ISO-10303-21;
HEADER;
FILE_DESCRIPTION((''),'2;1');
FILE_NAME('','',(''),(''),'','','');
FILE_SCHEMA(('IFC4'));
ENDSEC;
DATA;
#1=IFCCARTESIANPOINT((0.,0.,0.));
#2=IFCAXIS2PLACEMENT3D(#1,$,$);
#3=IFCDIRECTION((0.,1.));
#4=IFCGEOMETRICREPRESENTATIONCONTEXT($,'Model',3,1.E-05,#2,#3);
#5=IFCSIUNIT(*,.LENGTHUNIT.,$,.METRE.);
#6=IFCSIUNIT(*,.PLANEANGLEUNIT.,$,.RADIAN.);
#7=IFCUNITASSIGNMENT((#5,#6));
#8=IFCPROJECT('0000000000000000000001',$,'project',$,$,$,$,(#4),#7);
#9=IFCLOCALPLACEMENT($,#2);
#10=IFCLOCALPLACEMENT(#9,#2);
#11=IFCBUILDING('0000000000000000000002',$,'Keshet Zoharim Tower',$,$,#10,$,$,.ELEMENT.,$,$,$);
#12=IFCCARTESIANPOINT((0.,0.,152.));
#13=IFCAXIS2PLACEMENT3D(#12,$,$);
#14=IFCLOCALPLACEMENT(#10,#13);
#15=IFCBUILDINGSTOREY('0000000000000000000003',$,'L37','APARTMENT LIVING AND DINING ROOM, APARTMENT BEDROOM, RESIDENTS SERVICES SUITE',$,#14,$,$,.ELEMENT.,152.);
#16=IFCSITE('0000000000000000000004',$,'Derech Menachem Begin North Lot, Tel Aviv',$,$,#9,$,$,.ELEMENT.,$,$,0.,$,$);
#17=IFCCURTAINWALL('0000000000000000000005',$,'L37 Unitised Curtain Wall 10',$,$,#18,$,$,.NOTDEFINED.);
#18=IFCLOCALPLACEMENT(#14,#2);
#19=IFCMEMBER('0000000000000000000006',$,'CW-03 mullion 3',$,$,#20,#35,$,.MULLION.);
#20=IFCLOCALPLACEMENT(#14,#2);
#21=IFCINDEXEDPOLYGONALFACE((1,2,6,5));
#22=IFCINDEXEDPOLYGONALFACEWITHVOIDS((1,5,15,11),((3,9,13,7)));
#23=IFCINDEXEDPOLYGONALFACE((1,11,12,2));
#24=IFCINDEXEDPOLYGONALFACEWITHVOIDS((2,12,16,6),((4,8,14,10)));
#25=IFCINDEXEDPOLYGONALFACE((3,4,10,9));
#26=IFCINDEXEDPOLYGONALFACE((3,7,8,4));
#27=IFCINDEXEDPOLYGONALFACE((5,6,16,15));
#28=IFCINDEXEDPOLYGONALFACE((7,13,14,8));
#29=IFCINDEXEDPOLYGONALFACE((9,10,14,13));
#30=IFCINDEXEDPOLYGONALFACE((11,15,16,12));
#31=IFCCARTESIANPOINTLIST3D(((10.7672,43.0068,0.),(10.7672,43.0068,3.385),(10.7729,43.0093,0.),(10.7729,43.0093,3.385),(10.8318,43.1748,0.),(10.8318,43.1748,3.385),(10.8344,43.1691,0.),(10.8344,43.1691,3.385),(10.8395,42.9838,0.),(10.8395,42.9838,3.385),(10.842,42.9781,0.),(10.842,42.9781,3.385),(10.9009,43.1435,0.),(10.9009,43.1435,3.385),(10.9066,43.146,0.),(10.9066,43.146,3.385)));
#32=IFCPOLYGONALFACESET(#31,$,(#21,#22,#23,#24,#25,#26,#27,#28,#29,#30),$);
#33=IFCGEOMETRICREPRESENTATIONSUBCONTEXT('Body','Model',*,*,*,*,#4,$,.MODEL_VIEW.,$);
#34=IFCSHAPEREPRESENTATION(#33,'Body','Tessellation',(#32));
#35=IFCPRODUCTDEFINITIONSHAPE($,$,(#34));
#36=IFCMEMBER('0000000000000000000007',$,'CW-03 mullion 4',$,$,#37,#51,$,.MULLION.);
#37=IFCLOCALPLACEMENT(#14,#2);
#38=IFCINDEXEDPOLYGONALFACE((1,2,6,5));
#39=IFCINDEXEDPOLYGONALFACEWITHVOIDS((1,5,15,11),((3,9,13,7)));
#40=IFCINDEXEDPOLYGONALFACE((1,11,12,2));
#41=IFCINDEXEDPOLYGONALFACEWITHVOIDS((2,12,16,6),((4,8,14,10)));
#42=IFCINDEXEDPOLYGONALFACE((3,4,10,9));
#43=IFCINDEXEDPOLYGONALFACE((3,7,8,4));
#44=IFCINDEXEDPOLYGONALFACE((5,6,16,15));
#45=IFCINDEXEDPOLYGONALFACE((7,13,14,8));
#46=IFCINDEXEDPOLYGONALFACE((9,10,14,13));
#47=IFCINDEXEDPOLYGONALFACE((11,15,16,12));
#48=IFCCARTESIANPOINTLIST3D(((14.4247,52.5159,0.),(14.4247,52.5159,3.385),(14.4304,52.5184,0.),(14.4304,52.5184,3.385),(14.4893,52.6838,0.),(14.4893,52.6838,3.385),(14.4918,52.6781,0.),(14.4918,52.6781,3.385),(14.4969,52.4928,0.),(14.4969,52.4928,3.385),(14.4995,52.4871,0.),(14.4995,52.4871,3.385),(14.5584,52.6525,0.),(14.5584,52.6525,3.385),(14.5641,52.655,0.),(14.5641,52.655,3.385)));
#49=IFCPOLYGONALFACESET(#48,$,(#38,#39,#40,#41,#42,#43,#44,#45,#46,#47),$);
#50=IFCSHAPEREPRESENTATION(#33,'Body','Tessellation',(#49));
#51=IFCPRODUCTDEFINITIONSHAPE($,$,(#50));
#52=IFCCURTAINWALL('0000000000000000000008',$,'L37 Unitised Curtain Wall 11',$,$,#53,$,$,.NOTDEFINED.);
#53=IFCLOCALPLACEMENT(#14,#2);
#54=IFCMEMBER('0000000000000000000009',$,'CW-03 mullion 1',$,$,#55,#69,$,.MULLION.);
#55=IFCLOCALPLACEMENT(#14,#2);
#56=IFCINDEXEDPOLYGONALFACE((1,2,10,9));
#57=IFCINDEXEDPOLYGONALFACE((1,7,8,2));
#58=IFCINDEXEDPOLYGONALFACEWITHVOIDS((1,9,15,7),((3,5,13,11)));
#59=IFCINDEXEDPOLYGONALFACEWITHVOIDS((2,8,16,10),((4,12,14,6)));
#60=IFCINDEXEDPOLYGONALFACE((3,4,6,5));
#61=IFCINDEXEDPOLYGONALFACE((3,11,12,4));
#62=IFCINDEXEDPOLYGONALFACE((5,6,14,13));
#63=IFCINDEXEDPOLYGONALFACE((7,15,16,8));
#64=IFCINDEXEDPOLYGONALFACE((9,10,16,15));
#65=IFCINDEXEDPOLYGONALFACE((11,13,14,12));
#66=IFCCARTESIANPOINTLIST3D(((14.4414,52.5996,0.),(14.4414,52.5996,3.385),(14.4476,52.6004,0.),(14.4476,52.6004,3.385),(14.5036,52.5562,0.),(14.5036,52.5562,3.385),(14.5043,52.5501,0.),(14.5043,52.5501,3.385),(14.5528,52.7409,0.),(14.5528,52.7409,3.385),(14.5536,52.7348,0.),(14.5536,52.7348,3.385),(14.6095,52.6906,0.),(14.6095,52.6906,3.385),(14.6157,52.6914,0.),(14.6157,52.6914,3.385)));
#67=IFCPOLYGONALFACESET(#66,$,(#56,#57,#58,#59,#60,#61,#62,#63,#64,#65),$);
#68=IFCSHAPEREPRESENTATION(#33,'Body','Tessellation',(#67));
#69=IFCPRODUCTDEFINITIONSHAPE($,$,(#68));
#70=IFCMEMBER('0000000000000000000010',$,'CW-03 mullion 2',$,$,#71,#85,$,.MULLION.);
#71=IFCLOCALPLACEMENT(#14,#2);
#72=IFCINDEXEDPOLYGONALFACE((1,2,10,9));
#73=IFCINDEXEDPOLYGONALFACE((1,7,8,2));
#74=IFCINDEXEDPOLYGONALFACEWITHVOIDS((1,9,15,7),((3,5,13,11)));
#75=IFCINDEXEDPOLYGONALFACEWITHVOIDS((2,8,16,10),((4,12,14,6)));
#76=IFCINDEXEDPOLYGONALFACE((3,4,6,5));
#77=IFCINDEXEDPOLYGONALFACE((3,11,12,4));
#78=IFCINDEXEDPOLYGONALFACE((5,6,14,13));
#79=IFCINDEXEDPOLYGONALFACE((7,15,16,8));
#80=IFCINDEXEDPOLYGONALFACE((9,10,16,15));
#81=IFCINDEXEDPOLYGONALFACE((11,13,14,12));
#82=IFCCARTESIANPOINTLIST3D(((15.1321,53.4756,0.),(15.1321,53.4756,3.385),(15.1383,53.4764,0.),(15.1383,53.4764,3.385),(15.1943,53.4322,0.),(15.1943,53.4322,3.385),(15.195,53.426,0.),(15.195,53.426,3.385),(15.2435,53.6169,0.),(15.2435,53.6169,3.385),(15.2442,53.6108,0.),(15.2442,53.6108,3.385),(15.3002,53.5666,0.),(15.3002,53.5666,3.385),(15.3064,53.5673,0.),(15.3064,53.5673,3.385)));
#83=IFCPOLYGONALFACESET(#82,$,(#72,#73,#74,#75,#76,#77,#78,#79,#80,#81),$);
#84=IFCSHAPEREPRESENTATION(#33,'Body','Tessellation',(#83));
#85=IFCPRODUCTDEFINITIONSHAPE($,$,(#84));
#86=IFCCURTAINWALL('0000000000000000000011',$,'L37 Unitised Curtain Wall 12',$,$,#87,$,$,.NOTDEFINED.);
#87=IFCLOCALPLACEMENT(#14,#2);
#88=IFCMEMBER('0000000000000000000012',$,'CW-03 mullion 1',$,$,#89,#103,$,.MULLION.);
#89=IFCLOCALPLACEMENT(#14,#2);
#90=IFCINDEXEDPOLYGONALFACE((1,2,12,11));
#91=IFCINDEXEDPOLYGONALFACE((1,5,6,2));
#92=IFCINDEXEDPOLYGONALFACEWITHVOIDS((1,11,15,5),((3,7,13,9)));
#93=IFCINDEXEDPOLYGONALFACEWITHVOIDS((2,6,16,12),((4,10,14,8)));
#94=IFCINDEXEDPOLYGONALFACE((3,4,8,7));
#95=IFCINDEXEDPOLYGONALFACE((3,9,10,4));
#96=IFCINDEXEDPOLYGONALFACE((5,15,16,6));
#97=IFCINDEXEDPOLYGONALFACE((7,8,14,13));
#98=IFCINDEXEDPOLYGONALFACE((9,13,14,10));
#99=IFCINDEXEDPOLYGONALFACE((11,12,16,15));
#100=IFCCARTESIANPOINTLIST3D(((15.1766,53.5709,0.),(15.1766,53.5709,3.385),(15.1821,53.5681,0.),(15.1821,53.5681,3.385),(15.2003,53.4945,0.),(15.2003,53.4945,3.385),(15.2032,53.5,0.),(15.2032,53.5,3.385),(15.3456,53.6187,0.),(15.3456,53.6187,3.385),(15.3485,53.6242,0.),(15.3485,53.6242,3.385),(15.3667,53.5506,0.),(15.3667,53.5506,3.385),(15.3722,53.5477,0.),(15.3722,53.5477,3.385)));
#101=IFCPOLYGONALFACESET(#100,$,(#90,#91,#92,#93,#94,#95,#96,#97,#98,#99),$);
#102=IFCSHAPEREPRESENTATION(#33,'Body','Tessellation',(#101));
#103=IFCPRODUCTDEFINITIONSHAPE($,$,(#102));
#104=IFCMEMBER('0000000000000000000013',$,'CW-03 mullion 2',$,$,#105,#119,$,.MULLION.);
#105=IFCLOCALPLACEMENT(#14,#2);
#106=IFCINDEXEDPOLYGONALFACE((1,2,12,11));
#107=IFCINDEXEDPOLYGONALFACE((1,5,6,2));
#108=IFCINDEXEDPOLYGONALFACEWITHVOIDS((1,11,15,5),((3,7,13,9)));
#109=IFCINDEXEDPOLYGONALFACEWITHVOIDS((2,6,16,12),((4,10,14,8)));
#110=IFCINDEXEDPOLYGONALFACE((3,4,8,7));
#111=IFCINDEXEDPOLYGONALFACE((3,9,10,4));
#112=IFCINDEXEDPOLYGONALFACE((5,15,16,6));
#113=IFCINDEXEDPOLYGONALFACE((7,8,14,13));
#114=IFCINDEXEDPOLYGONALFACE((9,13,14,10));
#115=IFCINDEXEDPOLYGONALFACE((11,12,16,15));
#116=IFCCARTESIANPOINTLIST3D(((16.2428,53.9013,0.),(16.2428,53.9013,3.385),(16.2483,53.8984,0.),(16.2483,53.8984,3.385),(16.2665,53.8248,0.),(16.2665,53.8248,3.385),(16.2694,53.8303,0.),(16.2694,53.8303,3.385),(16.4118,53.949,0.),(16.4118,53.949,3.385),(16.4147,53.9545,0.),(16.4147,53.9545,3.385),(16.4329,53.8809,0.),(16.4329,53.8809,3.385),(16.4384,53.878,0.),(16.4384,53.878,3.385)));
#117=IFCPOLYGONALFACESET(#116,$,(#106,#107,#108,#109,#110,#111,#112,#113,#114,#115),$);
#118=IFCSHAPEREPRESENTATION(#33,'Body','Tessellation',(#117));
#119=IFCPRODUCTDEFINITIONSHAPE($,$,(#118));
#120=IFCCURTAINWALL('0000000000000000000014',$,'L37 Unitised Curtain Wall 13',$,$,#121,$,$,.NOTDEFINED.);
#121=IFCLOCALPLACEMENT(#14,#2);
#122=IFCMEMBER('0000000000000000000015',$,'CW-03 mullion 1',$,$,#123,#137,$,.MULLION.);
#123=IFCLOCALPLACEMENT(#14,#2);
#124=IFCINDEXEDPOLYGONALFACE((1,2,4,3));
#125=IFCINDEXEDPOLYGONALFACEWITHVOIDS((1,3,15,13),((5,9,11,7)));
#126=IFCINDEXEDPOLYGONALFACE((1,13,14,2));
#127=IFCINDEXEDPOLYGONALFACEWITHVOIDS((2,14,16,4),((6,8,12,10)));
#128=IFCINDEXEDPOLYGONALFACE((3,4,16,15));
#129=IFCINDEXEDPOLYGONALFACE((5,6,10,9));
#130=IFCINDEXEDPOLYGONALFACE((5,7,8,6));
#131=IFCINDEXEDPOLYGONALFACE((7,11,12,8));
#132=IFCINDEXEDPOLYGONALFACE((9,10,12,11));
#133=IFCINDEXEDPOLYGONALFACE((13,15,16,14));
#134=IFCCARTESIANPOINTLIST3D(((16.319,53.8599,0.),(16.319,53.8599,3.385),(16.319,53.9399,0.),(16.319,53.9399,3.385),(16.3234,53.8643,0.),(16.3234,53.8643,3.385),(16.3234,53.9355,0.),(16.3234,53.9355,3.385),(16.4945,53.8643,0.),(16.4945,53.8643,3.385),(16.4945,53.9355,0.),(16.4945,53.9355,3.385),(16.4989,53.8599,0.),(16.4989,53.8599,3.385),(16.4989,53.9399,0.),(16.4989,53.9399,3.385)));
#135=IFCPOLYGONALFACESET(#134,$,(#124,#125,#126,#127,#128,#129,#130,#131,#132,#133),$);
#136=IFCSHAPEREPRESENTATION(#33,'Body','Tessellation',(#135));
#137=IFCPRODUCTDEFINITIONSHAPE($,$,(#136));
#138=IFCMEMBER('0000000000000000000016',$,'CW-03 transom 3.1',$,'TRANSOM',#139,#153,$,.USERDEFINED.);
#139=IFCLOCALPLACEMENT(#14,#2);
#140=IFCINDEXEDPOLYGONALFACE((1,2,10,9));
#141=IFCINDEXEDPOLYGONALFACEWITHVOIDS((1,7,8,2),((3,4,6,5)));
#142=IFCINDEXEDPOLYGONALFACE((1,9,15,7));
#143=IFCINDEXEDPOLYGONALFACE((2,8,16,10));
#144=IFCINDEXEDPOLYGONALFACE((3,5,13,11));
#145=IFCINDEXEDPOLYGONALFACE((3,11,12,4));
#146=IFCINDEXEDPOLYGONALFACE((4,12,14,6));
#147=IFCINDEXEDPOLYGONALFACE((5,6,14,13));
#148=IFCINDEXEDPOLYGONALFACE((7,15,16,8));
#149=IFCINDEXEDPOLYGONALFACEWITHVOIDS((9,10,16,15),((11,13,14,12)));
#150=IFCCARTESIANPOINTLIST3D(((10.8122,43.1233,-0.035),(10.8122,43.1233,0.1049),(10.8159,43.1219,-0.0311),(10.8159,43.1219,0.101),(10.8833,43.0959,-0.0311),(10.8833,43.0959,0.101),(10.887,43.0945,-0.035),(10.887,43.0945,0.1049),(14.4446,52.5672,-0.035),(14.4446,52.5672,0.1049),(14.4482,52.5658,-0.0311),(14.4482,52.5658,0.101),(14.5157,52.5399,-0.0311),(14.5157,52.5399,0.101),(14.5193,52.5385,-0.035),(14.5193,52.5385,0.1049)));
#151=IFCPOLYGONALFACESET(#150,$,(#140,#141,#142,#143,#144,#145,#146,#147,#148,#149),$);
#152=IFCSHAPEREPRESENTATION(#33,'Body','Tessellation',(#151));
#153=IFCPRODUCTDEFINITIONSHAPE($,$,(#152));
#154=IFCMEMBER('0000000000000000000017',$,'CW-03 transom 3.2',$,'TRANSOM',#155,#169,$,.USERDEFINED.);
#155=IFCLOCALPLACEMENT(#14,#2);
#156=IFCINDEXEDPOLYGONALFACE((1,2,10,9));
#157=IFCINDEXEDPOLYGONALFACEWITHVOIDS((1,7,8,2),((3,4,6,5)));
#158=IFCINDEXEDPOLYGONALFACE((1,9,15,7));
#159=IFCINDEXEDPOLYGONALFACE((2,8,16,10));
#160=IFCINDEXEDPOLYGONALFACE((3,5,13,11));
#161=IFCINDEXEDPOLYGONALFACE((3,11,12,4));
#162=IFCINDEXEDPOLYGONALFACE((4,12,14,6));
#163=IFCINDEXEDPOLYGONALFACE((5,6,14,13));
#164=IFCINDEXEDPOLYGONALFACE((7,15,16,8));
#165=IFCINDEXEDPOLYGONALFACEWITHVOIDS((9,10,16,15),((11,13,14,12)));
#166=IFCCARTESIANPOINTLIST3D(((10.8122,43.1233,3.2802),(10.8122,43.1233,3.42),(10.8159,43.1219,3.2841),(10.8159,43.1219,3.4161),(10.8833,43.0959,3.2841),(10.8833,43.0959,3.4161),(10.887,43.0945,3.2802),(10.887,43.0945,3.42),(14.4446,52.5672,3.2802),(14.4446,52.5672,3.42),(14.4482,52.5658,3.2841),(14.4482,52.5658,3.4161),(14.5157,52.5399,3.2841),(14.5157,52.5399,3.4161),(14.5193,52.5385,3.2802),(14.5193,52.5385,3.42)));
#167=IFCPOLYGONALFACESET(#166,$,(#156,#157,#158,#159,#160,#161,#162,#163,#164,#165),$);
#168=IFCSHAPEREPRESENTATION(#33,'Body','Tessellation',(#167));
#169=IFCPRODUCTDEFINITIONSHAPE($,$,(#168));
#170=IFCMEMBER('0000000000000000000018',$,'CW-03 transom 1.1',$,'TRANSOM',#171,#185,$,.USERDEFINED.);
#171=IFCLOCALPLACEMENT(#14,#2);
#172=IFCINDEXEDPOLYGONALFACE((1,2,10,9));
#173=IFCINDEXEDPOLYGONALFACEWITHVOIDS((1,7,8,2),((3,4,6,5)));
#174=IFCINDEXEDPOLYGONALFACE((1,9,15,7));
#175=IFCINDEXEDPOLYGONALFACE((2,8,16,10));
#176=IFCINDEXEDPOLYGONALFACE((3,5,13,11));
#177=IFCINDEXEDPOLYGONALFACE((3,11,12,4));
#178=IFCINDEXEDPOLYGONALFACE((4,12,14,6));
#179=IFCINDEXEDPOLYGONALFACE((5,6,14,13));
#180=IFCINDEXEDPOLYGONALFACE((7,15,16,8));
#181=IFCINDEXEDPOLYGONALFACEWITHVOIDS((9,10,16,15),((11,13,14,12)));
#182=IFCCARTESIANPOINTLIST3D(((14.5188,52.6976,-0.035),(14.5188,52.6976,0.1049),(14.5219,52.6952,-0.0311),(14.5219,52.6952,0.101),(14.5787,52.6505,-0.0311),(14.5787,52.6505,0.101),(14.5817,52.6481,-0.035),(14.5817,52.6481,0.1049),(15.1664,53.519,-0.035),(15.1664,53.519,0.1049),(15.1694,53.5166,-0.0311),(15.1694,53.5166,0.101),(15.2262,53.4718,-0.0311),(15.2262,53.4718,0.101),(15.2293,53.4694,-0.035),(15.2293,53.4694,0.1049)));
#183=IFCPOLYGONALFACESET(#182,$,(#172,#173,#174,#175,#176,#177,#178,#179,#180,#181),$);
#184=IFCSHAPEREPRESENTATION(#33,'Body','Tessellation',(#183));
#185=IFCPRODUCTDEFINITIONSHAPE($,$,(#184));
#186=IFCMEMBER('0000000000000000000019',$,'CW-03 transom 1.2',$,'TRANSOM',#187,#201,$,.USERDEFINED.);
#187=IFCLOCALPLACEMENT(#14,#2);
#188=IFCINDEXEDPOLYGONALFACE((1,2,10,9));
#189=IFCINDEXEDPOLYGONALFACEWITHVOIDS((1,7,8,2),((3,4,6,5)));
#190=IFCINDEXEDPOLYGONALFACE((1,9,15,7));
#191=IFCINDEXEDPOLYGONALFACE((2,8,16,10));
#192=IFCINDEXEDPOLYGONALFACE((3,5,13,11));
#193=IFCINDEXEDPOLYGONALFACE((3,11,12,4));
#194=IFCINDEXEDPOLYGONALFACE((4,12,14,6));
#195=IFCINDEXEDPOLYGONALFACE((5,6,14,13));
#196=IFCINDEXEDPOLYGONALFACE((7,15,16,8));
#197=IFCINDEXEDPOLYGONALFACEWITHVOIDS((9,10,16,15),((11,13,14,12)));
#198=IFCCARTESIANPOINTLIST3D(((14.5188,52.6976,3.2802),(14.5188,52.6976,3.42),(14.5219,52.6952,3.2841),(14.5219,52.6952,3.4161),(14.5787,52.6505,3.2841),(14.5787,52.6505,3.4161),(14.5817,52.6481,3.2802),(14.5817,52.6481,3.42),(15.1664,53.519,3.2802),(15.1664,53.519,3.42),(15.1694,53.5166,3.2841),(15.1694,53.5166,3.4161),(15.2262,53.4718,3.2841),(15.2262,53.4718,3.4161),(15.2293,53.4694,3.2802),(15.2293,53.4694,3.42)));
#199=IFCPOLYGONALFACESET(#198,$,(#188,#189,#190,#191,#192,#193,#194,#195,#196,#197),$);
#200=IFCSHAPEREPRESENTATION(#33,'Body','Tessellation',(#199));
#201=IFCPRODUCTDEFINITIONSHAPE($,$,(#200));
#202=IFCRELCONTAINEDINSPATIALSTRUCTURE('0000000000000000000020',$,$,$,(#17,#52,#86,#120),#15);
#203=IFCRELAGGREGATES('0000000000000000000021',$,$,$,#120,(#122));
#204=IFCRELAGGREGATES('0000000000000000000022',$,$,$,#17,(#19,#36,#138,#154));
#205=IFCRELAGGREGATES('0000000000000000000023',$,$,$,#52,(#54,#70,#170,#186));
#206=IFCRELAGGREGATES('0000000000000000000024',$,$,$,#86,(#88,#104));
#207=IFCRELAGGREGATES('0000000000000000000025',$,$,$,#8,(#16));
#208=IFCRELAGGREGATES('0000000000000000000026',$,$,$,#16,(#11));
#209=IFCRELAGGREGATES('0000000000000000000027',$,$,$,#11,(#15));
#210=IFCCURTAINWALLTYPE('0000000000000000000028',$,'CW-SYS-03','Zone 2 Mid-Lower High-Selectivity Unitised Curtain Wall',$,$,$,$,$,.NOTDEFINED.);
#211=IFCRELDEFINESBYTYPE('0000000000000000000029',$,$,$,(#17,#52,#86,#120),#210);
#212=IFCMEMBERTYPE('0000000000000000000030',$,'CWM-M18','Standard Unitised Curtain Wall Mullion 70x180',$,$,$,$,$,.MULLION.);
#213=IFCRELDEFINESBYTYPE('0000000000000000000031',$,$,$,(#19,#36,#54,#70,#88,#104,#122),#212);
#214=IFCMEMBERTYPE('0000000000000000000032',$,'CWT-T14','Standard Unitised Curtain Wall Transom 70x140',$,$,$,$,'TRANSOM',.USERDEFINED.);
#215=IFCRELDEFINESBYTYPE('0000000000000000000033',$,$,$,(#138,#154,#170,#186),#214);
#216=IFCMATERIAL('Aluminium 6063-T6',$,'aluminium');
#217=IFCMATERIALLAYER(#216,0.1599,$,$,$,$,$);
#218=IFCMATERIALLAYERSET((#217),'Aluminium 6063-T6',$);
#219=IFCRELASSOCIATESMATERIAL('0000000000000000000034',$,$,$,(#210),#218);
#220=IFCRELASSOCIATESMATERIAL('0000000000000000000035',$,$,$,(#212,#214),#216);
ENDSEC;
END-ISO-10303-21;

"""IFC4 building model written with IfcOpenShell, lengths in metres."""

from ifc_helpers import new_model, si_unit, direction, frame, origin, origin_2d, place, context, subcontext, project, spatial, hollow_rectangle, extrude, material, layer, layer_set, material_profile, profile_set, type_object, element, aggregate, save


model = new_model("IFC4")

# Units and contexts
model_context = context("Model", 3, precision=1e-05, world=origin(), true_north=direction((0.0, 1.0)))
body_context = subcontext(model_context, "Body", "Model", "MODEL_VIEW")
ifc_project = project(units=[si_unit("LENGTHUNIT", "METRE"), si_unit("PLANEANGLEUNIT", "RADIAN")], contexts=[model_context])

# Site, building, storey
site_placement = place(None, origin())
site = spatial("IfcSite", under=ifc_project, at=site_placement, Name="Derech Menachem Begin North Lot, Tel Aviv", CompositionType="ELEMENT", RefElevation=0.0)
building_placement = place(site_placement, origin())
building = spatial("IfcBuilding", under=site, at=building_placement, Name="Keshet Zoharim Tower", CompositionType="ELEMENT")
storey_placement = place(building_placement, frame((0.0, 0.0, 152.0)))
storey = spatial("IfcBuildingStorey", under=building, at=storey_placement, Name="L37", Description="APARTMENT LIVING AND DINING ROOM, APARTMENT BEDROOM, RESIDENTS SERVICES SUITE", CompositionType="ELEMENT", Elevation=152.0)

# Curtain walls, members
ifc_material_1 = material(Name="Aluminium 6063-T6", Category="aluminium")
ifc_layer_1 = layer(ifc_material_1, 0.1599)
ifc_layer_set_1 = layer_set([ifc_layer_1], Name="Aluminium 6063-T6")
curtain_wall_type = type_object("IfcCurtainWallType", Name="CW-SYS-03", Description="Zone 2 Mid-Lower High-Selectivity Unitised Curtain Wall", PredefinedType="NOTDEFINED", material=ifc_layer_set_1)
curtain_wall_1_placement = place(storey_placement, origin())
curtain_wall_1 = element("IfcCurtainWall", 1, at=curtain_wall_1_placement, inside=storey, type_object=curtain_wall_type, Name="L37 Unitised Curtain Wall 10", PredefinedType="NOTDEFINED")
ifc_material_profile_1 = material_profile(ifc_material_1, hollow_rectangle(XDim=0.0801, YDim=0.1799, WallThickness=0.0044, at=origin_2d()), Name="MUL-80x180")
ifc_profile_set_1 = profile_set([ifc_material_profile_1], Name="Aluminium 6063-T6")
member_type_1 = type_object("IfcMemberType", Name="CWM-M18", Description="Standard Unitised Curtain Wall Mullion 70x180", PredefinedType="MULLION", material=ifc_profile_set_1)
member_1_placement = place(storey_placement, frame((10.8369, 43.0764, 0.0), z_axis=(0.0, 0.0, 1.0), x_axis=(-0.933341, 0.35899, 0.0)))
member_1 = element("IfcMember", 2, at=member_1_placement, type_object=member_type_1, Name="CW-03 mullion 3", PredefinedType="MULLION", context=body_context, shape_type="SweptSolid", body=[
    extrude(hollow_rectangle(XDim=0.0801, YDim=0.1799, WallThickness=0.0044, at=origin_2d()), origin(), (0.0, 0.0, 1.0), 3.385),
])
member_2_placement = place(storey_placement, frame((14.4944, 52.5854, 0.0), z_axis=(0.0, 0.0, 1.0), x_axis=(-0.933341, 0.35899, 0.0)))
member_2 = element("IfcMember", 3, at=member_2_placement, type_object=member_type_1, Name="CW-03 mullion 4", PredefinedType="MULLION", context=body_context, shape_type="SweptSolid", body=[
    extrude(hollow_rectangle(XDim=0.0801, YDim=0.1799, WallThickness=0.0044, at=origin_2d()), origin(), (0.0, 0.0, 1.0), 3.385),
])
curtain_wall_2_placement = place(storey_placement, origin())
curtain_wall_2 = element("IfcCurtainWall", 4, at=curtain_wall_2_placement, inside=storey, type_object=curtain_wall_type, Name="L37 Unitised Curtain Wall 11", PredefinedType="NOTDEFINED")
member_3_placement = place(storey_placement, frame((14.5286, 52.6455, 0.0), z_axis=(0.0, 0.0, 1.0), x_axis=(-0.785293, 0.619125, 0.0)))
member_3 = element("IfcMember", 5, at=member_3_placement, type_object=member_type_1, Name="CW-03 mullion 1", PredefinedType="MULLION", context=body_context, shape_type="SweptSolid", body=[
    extrude(hollow_rectangle(XDim=0.0801, YDim=0.1799, WallThickness=0.0044, at=origin_2d()), origin(), (0.0, 0.0, 1.0), 3.385),
])
member_4_placement = place(storey_placement, frame((15.2192, 53.5215, 0.0), z_axis=(0.0, 0.0, 1.0), x_axis=(-0.785293, 0.619125, 0.0)))
member_4 = element("IfcMember", 6, at=member_4_placement, type_object=member_type_1, Name="CW-03 mullion 2", PredefinedType="MULLION", context=body_context, shape_type="SweptSolid", body=[
    extrude(hollow_rectangle(XDim=0.0801, YDim=0.1799, WallThickness=0.0044, at=origin_2d()), origin(), (0.0, 0.0, 1.0), 3.385),
])
curtain_wall_3_placement = place(storey_placement, origin())
curtain_wall_3 = element("IfcCurtainWall", 7, at=curtain_wall_3_placement, inside=storey, type_object=curtain_wall_type, Name="L37 Unitised Curtain Wall 12", PredefinedType="NOTDEFINED")
member_5_placement = place(storey_placement, frame((15.2744, 53.5593, 0.0), z_axis=(0.0, 0.0, 1.0), x_axis=(-0.295922, 0.955212, 0.0)))
member_5 = element("IfcMember", 8, at=member_5_placement, type_object=member_type_1, Name="CW-03 mullion 1", PredefinedType="MULLION", context=body_context, shape_type="SweptSolid", body=[
    extrude(hollow_rectangle(XDim=0.0801, YDim=0.1799, WallThickness=0.0044, at=origin_2d()), origin(), (0.0, 0.0, 1.0), 3.385),
])
member_6_placement = place(storey_placement, frame((16.3406, 53.8896, 0.0), z_axis=(0.0, 0.0, 1.0), x_axis=(-0.295922, 0.955212, 0.0)))
member_6 = element("IfcMember", 9, at=member_6_placement, type_object=member_type_1, Name="CW-03 mullion 2", PredefinedType="MULLION", context=body_context, shape_type="SweptSolid", body=[
    extrude(hollow_rectangle(XDim=0.0801, YDim=0.1799, WallThickness=0.0044, at=origin_2d()), origin(), (0.0, 0.0, 1.0), 3.385),
])

# Curtain wall, member
curtain_wall_4_placement = place(storey_placement, origin())
curtain_wall_4 = element("IfcCurtainWall", 10, at=curtain_wall_4_placement, inside=storey, type_object=curtain_wall_type, Name="L37 Unitised Curtain Wall 13", PredefinedType="NOTDEFINED")
member_7_placement = place(storey_placement, frame((16.4089, 53.8999, 0.0), z_axis=(0.0, 0.0, 1.0), x_axis=(0.0, 1.0, 0.0)))
member_7 = element("IfcMember", 11, at=member_7_placement, type_object=member_type_1, Name="CW-03 mullion 1", PredefinedType="MULLION", context=body_context, shape_type="SweptSolid", body=[
    extrude(hollow_rectangle(XDim=0.0801, YDim=0.1799, WallThickness=0.0044, at=origin_2d()), origin(), (0.0, 0.0, 1.0), 3.385),
])

# Members
ifc_material_profile_2 = material_profile(ifc_material_1, hollow_rectangle(XDim=0.0801, YDim=0.1399, WallThickness=0.0039, at=origin_2d()), Name="TRN-80x140")
ifc_profile_set_2 = profile_set([ifc_material_profile_2], Name="Aluminium 6063-T6")
member_type_2 = type_object("IfcMemberType", Name="CWT-T14", Description="Standard Unitised Curtain Wall Transom 70x140", ElementType="TRANSOM", PredefinedType="USERDEFINED", material=ifc_profile_set_2)
member_8_placement = place(storey_placement, frame((10.8496, 43.1089, 0.0349), z_axis=(0.358986, 0.933343, 0.0), x_axis=(-0.933343, 0.358986, 0.0)))
member_8 = element("IfcMember", 12, at=member_8_placement, type_object=member_type_2, Name="CW-03 transom 3.1", ObjectType="TRANSOM", PredefinedType="USERDEFINED", context=body_context, shape_type="SweptSolid", body=[
    extrude(hollow_rectangle(XDim=0.0801, YDim=0.1399, WallThickness=0.0039, at=origin_2d()), origin(), (0.0, 0.0, 1.0), 10.1184),
])
member_9_placement = place(storey_placement, frame((10.8496, 43.1089, 3.3501), z_axis=(0.358986, 0.933343, 0.0), x_axis=(-0.933343, 0.358986, 0.0)))
member_9 = element("IfcMember", 13, at=member_9_placement, type_object=member_type_2, Name="CW-03 transom 3.2", ObjectType="TRANSOM", PredefinedType="USERDEFINED", context=body_context, shape_type="SweptSolid", body=[
    extrude(hollow_rectangle(XDim=0.0801, YDim=0.1399, WallThickness=0.0039, at=origin_2d()), origin(), (0.0, 0.0, 1.0), 10.1184),
])
member_10_placement = place(storey_placement, frame((14.5503, 52.6729, 0.0349), z_axis=(0.619099, 0.785313, 0.0), x_axis=(-0.785313, 0.619099, 0.0)))
member_10 = element("IfcMember", 14, at=member_10_placement, type_object=member_type_2, Name="CW-03 transom 1.1", ObjectType="TRANSOM", PredefinedType="USERDEFINED", context=body_context, shape_type="SweptSolid", body=[
    extrude(hollow_rectangle(XDim=0.0801, YDim=0.1399, WallThickness=0.0039, at=origin_2d()), origin(), (0.0, 0.0, 1.0), 1.0459),
])
member_11_placement = place(storey_placement, frame((14.5503, 52.6729, 3.3501), z_axis=(0.619099, 0.785313, 0.0), x_axis=(-0.785313, 0.619099, 0.0)))
member_11 = element("IfcMember", 15, at=member_11_placement, type_object=member_type_2, Name="CW-03 transom 1.2", ObjectType="TRANSOM", PredefinedType="USERDEFINED", context=body_context, shape_type="SweptSolid", body=[
    extrude(hollow_rectangle(XDim=0.0801, YDim=0.1399, WallThickness=0.0039, at=origin_2d()), origin(), (0.0, 0.0, 1.0), 1.0459),
])
aggregate(curtain_wall_4, [member_7])

aggregate(curtain_wall_1, [member_1, member_2, member_8, member_9])
aggregate(curtain_wall_2, [member_3, member_4, member_10, member_11])
aggregate(curtain_wall_3, [member_5, member_6])

save(model, "model.ifc")
